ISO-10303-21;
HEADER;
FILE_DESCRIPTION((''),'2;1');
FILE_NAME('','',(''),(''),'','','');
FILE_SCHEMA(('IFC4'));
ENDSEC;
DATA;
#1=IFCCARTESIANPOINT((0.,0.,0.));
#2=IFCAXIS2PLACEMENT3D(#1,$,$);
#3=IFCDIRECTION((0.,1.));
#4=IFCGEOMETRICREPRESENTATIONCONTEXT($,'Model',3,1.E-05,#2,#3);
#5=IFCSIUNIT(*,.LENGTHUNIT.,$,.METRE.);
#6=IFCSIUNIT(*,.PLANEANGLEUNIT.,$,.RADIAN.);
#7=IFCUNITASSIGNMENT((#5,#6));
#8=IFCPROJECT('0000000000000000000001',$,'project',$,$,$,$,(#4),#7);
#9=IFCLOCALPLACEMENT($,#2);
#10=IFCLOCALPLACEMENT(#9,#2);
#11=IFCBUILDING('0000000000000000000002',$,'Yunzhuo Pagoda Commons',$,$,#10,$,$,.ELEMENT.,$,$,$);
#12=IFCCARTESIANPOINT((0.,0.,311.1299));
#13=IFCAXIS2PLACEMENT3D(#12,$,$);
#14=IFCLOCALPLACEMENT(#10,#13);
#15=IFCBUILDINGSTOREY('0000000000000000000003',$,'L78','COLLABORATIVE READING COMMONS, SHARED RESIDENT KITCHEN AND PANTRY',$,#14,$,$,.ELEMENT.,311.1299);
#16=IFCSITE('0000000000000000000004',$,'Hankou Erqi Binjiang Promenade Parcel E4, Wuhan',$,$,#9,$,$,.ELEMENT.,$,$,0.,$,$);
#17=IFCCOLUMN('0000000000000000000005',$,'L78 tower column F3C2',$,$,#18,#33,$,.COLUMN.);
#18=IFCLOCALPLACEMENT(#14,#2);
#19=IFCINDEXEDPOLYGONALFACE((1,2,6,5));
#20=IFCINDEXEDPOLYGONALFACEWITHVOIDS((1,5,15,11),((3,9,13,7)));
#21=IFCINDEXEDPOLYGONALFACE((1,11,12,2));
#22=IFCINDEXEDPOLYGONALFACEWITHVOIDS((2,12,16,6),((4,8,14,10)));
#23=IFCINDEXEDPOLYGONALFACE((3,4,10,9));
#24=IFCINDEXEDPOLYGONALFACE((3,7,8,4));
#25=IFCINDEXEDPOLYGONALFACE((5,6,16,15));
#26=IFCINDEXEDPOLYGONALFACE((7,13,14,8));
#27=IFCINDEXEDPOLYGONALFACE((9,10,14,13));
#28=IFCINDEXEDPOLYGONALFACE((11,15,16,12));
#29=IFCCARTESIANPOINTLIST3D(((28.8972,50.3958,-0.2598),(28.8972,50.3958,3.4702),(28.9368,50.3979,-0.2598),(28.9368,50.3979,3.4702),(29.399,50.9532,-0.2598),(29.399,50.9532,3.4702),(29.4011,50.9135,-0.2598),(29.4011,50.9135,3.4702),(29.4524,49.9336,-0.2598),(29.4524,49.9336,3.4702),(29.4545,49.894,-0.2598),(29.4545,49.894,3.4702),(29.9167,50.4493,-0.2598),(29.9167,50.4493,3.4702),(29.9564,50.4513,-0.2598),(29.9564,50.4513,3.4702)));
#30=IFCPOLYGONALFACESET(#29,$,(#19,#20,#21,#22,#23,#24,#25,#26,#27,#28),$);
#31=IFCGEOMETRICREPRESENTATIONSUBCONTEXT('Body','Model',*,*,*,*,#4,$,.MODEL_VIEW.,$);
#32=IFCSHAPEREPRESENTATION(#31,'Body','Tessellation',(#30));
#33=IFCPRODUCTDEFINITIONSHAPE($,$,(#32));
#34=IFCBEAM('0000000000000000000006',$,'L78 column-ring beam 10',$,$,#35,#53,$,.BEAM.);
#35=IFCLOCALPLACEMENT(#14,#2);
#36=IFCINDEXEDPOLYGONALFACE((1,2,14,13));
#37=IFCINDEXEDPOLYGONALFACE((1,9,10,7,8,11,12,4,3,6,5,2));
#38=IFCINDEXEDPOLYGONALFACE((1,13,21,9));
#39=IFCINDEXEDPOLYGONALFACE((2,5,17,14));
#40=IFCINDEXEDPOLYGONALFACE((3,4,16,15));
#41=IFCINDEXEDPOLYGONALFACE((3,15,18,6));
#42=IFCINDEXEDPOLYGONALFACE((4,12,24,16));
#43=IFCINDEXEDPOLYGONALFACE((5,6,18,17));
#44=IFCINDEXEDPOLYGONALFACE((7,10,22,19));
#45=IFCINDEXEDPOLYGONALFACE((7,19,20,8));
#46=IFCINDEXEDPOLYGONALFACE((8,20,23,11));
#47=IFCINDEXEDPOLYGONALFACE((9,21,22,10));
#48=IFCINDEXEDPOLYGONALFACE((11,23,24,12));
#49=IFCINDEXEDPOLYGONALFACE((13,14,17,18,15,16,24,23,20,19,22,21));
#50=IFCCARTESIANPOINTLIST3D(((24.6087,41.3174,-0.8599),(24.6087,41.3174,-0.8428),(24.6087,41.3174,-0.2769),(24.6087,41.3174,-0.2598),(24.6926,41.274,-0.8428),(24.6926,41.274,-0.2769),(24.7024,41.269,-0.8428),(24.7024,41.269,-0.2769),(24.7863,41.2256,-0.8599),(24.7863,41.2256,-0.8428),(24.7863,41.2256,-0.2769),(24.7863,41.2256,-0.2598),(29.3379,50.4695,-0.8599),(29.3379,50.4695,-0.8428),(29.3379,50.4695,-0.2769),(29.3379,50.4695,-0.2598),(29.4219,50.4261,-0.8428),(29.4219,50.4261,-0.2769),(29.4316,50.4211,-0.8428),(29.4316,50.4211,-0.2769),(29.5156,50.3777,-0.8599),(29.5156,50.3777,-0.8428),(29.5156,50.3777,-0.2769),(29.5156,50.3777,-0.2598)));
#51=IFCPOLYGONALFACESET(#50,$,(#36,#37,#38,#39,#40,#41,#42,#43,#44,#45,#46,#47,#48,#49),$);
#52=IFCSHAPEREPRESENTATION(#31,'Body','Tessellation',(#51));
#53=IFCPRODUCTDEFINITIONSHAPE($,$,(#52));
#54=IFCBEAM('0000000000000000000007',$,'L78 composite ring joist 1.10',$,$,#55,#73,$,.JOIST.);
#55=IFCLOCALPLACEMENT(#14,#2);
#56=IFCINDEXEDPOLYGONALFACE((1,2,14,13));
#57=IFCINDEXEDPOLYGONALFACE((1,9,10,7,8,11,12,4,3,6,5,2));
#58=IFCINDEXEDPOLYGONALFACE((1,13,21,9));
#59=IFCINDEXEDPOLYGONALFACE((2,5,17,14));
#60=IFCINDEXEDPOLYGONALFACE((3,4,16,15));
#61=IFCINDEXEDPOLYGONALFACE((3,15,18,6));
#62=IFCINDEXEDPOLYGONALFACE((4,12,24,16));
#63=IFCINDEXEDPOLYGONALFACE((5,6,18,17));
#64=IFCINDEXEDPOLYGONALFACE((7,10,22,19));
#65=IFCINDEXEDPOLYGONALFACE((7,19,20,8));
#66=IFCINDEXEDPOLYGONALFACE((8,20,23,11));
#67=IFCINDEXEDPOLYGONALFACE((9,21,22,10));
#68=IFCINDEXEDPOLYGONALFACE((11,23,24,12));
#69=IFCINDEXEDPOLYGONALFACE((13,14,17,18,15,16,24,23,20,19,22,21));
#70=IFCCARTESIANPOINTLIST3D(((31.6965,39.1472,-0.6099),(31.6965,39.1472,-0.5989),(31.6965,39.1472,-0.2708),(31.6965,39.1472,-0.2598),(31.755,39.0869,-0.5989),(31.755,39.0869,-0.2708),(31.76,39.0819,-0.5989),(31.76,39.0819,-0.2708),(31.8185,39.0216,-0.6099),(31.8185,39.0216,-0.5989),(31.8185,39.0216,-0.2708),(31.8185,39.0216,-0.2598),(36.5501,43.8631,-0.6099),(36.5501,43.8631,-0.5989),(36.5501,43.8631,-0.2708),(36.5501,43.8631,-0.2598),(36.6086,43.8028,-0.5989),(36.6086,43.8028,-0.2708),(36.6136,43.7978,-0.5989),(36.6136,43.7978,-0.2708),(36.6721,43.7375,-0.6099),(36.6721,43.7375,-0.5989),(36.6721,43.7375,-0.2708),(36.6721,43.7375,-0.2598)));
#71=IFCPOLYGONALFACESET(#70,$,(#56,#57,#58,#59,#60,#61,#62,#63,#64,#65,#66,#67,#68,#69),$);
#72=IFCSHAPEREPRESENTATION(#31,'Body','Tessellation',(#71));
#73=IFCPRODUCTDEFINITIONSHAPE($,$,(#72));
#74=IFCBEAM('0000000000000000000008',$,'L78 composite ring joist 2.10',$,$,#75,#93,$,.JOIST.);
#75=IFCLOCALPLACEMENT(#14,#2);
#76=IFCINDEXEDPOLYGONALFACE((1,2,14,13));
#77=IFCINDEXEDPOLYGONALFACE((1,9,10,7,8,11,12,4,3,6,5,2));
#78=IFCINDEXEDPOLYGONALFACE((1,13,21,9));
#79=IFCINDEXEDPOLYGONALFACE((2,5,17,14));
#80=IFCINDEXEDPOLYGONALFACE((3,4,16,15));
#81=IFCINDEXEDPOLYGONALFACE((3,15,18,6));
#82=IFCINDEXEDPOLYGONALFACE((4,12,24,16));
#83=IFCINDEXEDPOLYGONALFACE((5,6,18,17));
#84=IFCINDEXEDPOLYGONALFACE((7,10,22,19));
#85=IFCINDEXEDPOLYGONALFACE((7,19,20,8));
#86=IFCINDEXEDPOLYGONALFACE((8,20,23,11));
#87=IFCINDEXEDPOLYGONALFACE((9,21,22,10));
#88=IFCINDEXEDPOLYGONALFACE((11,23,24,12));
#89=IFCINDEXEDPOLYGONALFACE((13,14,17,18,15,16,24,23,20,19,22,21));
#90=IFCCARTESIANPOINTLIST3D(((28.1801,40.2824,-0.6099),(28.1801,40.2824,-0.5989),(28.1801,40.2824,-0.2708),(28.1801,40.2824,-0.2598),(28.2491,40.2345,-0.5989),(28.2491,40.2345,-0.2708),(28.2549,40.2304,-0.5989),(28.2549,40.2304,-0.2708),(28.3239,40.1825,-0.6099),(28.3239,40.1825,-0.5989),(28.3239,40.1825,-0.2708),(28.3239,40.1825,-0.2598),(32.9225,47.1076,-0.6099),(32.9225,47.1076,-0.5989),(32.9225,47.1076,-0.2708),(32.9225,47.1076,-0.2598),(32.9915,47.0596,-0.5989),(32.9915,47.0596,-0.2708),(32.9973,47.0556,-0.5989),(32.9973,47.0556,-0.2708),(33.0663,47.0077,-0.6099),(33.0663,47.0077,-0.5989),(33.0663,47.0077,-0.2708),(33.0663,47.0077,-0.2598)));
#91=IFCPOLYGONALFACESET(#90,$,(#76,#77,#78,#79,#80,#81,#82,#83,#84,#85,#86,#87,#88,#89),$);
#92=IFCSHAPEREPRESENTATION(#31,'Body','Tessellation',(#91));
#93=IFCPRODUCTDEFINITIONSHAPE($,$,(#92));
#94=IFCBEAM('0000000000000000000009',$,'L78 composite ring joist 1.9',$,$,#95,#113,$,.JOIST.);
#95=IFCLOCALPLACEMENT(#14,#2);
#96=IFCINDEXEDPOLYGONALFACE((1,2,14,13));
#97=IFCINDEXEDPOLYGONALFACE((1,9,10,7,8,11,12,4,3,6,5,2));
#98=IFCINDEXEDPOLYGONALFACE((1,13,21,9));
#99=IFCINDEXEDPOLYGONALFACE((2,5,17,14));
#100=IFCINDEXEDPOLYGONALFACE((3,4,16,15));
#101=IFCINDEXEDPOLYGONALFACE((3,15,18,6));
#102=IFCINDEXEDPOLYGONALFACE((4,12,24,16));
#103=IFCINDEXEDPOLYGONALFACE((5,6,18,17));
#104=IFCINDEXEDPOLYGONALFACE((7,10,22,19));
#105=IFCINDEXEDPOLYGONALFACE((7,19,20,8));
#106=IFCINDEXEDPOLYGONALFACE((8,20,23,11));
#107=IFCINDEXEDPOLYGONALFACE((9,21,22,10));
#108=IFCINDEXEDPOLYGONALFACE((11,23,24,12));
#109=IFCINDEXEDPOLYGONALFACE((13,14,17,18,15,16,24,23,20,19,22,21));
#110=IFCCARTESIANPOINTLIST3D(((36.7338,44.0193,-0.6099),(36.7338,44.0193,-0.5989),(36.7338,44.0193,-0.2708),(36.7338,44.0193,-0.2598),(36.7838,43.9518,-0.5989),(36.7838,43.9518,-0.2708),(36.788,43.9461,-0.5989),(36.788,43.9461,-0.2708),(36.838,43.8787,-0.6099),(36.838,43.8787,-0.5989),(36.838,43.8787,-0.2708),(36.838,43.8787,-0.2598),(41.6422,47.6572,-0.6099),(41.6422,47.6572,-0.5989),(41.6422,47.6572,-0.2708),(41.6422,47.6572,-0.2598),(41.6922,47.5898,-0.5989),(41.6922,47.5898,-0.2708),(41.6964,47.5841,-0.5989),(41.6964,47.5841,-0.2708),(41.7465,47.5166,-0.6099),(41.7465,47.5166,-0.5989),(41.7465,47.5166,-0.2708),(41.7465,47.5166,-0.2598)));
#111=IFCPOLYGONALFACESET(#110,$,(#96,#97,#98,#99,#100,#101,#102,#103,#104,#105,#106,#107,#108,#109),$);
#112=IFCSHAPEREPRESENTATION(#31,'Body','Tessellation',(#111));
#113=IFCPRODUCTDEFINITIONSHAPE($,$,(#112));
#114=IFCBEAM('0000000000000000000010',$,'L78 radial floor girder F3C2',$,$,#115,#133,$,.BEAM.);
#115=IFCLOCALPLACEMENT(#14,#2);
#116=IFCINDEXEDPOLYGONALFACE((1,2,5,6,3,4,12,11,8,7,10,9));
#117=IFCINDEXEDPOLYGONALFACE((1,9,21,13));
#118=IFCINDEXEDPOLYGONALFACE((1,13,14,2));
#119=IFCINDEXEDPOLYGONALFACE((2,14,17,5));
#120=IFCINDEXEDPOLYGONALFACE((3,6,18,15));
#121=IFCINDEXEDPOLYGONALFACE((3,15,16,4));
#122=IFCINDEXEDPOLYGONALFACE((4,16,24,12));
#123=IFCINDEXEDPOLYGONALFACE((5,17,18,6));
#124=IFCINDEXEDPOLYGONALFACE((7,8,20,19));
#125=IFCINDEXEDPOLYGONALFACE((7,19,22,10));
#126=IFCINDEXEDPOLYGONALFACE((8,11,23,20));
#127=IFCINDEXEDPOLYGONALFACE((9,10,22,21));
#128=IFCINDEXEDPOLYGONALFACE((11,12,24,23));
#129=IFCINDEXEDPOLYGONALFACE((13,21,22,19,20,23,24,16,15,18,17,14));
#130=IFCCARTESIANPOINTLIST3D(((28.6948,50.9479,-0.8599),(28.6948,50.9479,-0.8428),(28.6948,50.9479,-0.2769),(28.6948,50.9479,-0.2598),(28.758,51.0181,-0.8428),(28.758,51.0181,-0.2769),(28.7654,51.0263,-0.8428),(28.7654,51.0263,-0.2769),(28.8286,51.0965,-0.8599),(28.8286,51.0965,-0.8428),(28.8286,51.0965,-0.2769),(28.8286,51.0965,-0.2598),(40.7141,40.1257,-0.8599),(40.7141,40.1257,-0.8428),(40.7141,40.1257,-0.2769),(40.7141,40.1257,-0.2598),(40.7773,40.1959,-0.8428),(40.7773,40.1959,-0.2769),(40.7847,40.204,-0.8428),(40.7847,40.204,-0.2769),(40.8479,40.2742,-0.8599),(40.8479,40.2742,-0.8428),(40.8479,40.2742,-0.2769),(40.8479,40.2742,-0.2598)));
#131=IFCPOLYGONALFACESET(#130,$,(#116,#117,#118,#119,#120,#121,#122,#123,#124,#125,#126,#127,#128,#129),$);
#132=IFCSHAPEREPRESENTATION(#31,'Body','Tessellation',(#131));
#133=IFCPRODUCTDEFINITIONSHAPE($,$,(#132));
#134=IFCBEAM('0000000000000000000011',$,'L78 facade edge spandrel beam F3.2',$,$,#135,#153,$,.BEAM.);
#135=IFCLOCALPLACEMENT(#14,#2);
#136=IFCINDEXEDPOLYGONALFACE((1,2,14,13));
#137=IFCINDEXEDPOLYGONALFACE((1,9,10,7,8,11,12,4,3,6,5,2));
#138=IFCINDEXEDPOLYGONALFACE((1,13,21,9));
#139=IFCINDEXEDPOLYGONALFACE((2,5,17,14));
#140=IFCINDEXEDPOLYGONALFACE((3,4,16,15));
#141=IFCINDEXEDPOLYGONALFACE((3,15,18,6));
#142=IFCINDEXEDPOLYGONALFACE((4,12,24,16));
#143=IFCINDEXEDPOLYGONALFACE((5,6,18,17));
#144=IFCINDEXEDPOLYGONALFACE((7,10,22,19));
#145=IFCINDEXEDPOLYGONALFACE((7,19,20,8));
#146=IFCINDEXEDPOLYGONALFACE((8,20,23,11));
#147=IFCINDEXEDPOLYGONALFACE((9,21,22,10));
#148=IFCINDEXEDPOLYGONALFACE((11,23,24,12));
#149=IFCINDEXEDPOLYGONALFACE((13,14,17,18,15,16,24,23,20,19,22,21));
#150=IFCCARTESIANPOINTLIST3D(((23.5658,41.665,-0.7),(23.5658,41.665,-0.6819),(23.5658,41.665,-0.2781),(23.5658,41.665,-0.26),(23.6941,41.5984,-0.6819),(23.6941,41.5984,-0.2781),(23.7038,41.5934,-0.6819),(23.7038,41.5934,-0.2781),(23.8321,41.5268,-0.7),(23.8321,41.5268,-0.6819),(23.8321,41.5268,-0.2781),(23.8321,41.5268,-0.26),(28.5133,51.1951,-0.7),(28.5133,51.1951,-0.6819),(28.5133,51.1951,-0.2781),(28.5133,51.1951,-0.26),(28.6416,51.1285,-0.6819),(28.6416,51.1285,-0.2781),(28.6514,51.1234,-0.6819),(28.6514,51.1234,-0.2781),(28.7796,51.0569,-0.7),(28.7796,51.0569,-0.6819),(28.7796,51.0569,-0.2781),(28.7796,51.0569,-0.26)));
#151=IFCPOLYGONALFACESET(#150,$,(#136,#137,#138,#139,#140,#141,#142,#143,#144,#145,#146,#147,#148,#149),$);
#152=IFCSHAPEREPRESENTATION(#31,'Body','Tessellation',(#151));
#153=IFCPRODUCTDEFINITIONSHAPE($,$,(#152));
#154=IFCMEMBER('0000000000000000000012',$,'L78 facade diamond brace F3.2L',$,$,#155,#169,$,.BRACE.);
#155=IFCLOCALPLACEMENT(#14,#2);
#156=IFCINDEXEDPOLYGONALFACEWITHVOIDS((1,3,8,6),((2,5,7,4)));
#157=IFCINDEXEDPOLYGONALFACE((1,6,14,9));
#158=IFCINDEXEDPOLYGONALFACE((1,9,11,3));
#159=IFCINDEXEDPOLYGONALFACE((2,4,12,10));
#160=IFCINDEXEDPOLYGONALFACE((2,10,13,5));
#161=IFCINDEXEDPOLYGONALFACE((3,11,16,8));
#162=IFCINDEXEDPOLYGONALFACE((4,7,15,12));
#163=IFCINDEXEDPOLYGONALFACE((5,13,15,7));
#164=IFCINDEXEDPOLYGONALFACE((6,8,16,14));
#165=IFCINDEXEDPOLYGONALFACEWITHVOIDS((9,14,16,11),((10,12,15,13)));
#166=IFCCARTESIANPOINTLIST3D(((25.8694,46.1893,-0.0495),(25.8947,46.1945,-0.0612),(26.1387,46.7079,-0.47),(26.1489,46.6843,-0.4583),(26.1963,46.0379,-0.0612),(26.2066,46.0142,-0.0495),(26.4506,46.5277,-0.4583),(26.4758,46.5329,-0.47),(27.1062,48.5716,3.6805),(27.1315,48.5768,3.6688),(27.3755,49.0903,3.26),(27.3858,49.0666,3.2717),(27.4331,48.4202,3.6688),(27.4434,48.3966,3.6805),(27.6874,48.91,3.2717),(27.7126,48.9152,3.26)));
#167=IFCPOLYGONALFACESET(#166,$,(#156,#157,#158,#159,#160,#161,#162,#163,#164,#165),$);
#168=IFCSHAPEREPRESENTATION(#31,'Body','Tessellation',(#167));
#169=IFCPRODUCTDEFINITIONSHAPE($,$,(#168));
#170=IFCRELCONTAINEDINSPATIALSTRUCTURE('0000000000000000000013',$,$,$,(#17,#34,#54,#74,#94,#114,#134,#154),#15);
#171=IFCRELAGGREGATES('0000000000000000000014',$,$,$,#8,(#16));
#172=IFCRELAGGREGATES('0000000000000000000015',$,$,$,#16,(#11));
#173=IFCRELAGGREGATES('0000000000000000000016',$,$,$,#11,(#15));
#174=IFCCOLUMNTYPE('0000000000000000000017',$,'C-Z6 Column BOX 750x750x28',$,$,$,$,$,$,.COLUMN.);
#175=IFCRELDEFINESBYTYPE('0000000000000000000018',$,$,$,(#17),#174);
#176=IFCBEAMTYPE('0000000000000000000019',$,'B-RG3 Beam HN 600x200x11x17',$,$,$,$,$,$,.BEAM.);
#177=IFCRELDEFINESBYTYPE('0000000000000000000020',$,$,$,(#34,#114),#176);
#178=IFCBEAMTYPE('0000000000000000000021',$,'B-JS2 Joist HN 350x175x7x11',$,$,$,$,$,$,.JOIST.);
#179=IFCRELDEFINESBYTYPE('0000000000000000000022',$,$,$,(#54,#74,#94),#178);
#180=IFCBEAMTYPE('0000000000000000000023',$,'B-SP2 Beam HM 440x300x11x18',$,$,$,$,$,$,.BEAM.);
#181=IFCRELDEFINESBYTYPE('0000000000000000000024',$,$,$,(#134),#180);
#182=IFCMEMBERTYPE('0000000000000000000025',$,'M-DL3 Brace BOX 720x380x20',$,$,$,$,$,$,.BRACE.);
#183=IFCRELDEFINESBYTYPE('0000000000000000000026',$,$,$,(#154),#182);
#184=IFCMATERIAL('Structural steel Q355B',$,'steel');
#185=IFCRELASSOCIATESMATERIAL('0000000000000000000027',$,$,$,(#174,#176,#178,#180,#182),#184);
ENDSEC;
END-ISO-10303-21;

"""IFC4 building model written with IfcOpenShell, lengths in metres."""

from ifc_helpers import new_model, si_unit, direction, frame, origin, origin_2d, place, context, subcontext, project, spatial, hollow_rectangle, i_section, extrude, source, transform, mapped, material, material_profile, profile_set, type_object, element, save


model = new_model("IFC4")

# Units and contexts
model_context = context("Model", 3, precision=1e-05, world=origin(), true_north=direction((0.0, 1.0)))
body_context = subcontext(model_context, "Body", "Model", "MODEL_VIEW")
ifc_project = project(units=[si_unit("LENGTHUNIT", "METRE"), si_unit("PLANEANGLEUNIT", "RADIAN")], contexts=[model_context])

# Site, building, storey
site_placement = place(None, origin())
site = spatial("IfcSite", under=ifc_project, at=site_placement, Name="Hankou Erqi Binjiang Promenade Parcel E4, Wuhan", CompositionType="ELEMENT", RefElevation=0.0)
building_placement = place(site_placement, origin())
building = spatial("IfcBuilding", under=site, at=building_placement, Name="Yunzhuo Pagoda Commons", CompositionType="ELEMENT")
storey_placement = place(building_placement, frame((0.0, 0.0, 311.1299)))
storey = spatial("IfcBuildingStorey", under=building, at=storey_placement, Name="L78", Description="COLLABORATIVE READING COMMONS, SHARED RESIDENT KITCHEN AND PANTRY", CompositionType="ELEMENT", Elevation=311.1299)

# Column
ifc_material_1 = material(Name="Structural steel Q355B", Category="steel")
ifc_material_profile_1 = material_profile(ifc_material_1, hollow_rectangle(XDim=0.75, YDim=0.75, WallThickness=0.0281, at=origin_2d()), Name="Structural steel Q355B")
ifc_profile_set_1 = profile_set([ifc_material_profile_1], Name="Structural steel Q355B")
column_type = type_object("IfcColumnType", Name="C-Z6 Column BOX 750x750x28", PredefinedType="COLUMN", material=ifc_profile_set_1)
shared_shape_1 = source(origin(), body_context, "Body", "SweptSolid", [
    extrude(hollow_rectangle(XDim=0.75, YDim=0.75, WallThickness=0.0281, at=origin_2d()), origin(), (0.0, 0.0, 1.0), 3.73),
])
column_placement = place(storey_placement, frame((29.4268, 50.4236, -0.2598), z_axis=(0.0, 0.0, 1.0), x_axis=(-0.669131, -0.743145, 0.0)))
element("IfcColumn", 1, at=column_placement, inside=storey, type_object=column_type, Name="L78 tower column F3C2", PredefinedType="COLUMN", context=body_context, shape_type="MappedRepresentation", body=[
    mapped(shared_shape_1, transform((0.0, 0.0, 0.0), scale=1.0)),
])

# Beams
ifc_material_profile_2 = material_profile(ifc_material_1, i_section(OverallWidth=0.2, OverallDepth=0.6001, WebThickness=0.011, FlangeThickness=0.0171, at=origin_2d()), Name="Structural steel Q355B")
ifc_profile_set_2 = profile_set([ifc_material_profile_2], Name="Structural steel Q355B")
beam_type_1 = type_object("IfcBeamType", Name="B-RG3 Beam HN 600x200x11x17", PredefinedType="BEAM", material=ifc_profile_set_2)
shared_shape_2 = source(origin(), body_context, "Body", "SweptSolid", [
    extrude(i_section(OverallWidth=0.2, OverallDepth=0.6001, WebThickness=0.011, FlangeThickness=0.0171, at=origin_2d()), origin(), (0.0, 0.0, 1.0), 10.3018),
])
beam_1_placement = place(storey_placement, frame((29.4268, 50.4236, -0.5598), z_axis=(-0.459071, -0.8884, 0.0), x_axis=(0.8884, -0.459071, 0.0)))
element("IfcBeam", 2, at=beam_1_placement, inside=storey, type_object=beam_type_1, Name="L78 column-ring beam 10", PredefinedType="BEAM", context=body_context, shape_type="MappedRepresentation", body=[
    mapped(shared_shape_2, transform((0.0, 0.0, 0.0), scale=1.0)),
])
ifc_material_profile_3 = material_profile(ifc_material_1, i_section(OverallWidth=0.175, OverallDepth=0.3501, WebThickness=0.0071, FlangeThickness=0.011, at=origin_2d()), Name="Structural steel Q355B")
ifc_profile_set_3 = profile_set([ifc_material_profile_3], Name="Structural steel Q355B")
beam_type_2 = type_object("IfcBeamType", Name="B-JS2 Joist HN 350x175x7x11", PredefinedType="JOIST", material=ifc_profile_set_3)
shared_shape_3 = source(origin(), body_context, "Body", "SweptSolid", [
    extrude(i_section(OverallWidth=0.175, OverallDepth=0.3501, WebThickness=0.0071, FlangeThickness=0.011, at=origin_2d()), origin(), (0.0, 0.0, 1.0), 6.7673),
])
beam_2_placement = place(storey_placement, frame((36.6111, 43.8003, -0.4348), z_axis=(-0.717207, -0.69686, 0.0), x_axis=(0.69686, -0.717207, 0.0)))
element("IfcBeam", 3, at=beam_2_placement, inside=storey, type_object=beam_type_2, Name="L78 composite ring joist 1.10", PredefinedType="JOIST", context=body_context, shape_type="MappedRepresentation", body=[
    mapped(shared_shape_3, transform((0.0, 0.0, 0.0), scale=1.0)),
])
shared_shape_4 = source(origin(), body_context, "Body", "SweptSolid", [
    extrude(i_section(OverallWidth=0.175, OverallDepth=0.3501, WebThickness=0.0071, FlangeThickness=0.011, at=origin_2d()), origin(), (0.0, 0.0, 1.0), 8.311),
])
beam_3_placement = place(storey_placement, frame((32.9944, 47.0576, -0.4348), z_axis=(-0.570616, -0.821217, 0.0), x_axis=(0.821217, -0.570616, 0.0)))
element("IfcBeam", 4, at=beam_3_placement, inside=storey, type_object=beam_type_2, Name="L78 composite ring joist 2.10", PredefinedType="JOIST", context=body_context, shape_type="MappedRepresentation", body=[
    mapped(shared_shape_4, transform((0.0, 0.0, 0.0), scale=1.0)),
])
shared_shape_5 = source(origin(), body_context, "Body", "SweptSolid", [
    extrude(i_section(OverallWidth=0.175, OverallDepth=0.3501, WebThickness=0.0071, FlangeThickness=0.011, at=origin_2d()), origin(), (0.0, 0.0, 1.0), 6.1096),
])
beam_4_placement = place(storey_placement, frame((41.6943, 47.5869, -0.4348), z_axis=(-0.803396, -0.595444, 0.0), x_axis=(0.595444, -0.803396, 0.0)))
element("IfcBeam", 5, at=beam_4_placement, inside=storey, type_object=beam_type_2, Name="L78 composite ring joist 1.9", PredefinedType="JOIST", context=body_context, shape_type="MappedRepresentation", body=[
    mapped(shared_shape_5, transform((0.0, 0.0, 0.0), scale=1.0)),
])
shared_shape_6 = source(origin(), body_context, "Body", "SweptSolid", [
    extrude(i_section(OverallWidth=0.2, OverallDepth=0.6001, WebThickness=0.011, FlangeThickness=0.0171, at=origin_2d()), origin(), (0.0, 0.0, 1.0), 16.1736),
])
beam_5_placement = place(storey_placement, frame((28.7617, 51.0222, -0.5598), z_axis=(0.743143, -0.669132, 0.0), x_axis=(0.669132, 0.743143, 0.0)))
element("IfcBeam", 6, at=beam_5_placement, inside=storey, type_object=beam_type_1, Name="L78 radial floor girder F3C2", PredefinedType="BEAM", context=body_context, shape_type="MappedRepresentation", body=[
    mapped(shared_shape_6, transform((0.0, 0.0, 0.0), scale=1.0)),
])
ifc_material_profile_4 = material_profile(ifc_material_1, i_section(OverallWidth=0.3, OverallDepth=0.4399, WebThickness=0.011, FlangeThickness=0.0181, at=origin_2d()), Name="Structural steel Q355B")
ifc_profile_set_4 = profile_set([ifc_material_profile_4], Name="Structural steel Q355B")
beam_type_3 = type_object("IfcBeamType", Name="B-SP2 Beam HM 440x300x11x18", PredefinedType="BEAM", material=ifc_profile_set_4)
shared_shape_7 = source(origin(), body_context, "Body", "SweptSolid", [
    extrude(i_section(OverallWidth=0.3, OverallDepth=0.4399, WebThickness=0.011, FlangeThickness=0.0181, at=origin_2d()), origin(), (0.0, 0.0, 1.0), 10.7378),
])
beam_6_placement = place(storey_placement, frame((28.6465, 51.126, -0.48), z_axis=(-0.460758, -0.887526, 0.0), x_axis=(0.887526, -0.460758, 0.0)))
element("IfcBeam", 7, at=beam_6_placement, inside=storey, type_object=beam_type_3, Name="L78 facade edge spandrel beam F3.2", PredefinedType="BEAM", context=body_context, shape_type="MappedRepresentation", body=[
    mapped(shared_shape_7, transform((0.0, 0.0, 0.0), scale=1.0)),
])

# Member
ifc_material_profile_5 = material_profile(ifc_material_1, hollow_rectangle(XDim=0.3799, YDim=0.72, WallThickness=0.02, at=origin_2d()), Name="Structural steel Q355B")
ifc_profile_set_5 = profile_set([ifc_material_profile_5], Name="Structural steel Q355B")
member_type_1 = type_object("IfcMemberType", Name="M-DL3 Brace BOX 720x380x20", PredefinedType="BRACE", material=ifc_profile_set_5)
shared_shape_8 = source(origin(), body_context, "Body", "SweptSolid", [
    extrude(hollow_rectangle(XDim=0.3799, YDim=0.72, WallThickness=0.02, at=origin_2d()), origin(), (0.0, 0.0, 1.0), 4.5955),
])
for number, where, z_axis, x_axis, name in (
    (8, (26.1726, 46.3611, -0.2598), (0.269141, 0.518412, 0.811672), (-0.88752, 0.460768, 0.0), "L78 facade diamond brace F3.2L"),
):
    element("IfcMember", number, at=place(storey_placement, frame(where, z_axis=z_axis, x_axis=x_axis)), inside=storey, type_object=member_type_1, Name=name, PredefinedType="BRACE", context=body_context, shape_type="MappedRepresentation", body=[
        mapped(shared_shape_8, transform((0.0, 0.0, 0.0), scale=1.0)),
    ])

save(model, "model.ifc")
